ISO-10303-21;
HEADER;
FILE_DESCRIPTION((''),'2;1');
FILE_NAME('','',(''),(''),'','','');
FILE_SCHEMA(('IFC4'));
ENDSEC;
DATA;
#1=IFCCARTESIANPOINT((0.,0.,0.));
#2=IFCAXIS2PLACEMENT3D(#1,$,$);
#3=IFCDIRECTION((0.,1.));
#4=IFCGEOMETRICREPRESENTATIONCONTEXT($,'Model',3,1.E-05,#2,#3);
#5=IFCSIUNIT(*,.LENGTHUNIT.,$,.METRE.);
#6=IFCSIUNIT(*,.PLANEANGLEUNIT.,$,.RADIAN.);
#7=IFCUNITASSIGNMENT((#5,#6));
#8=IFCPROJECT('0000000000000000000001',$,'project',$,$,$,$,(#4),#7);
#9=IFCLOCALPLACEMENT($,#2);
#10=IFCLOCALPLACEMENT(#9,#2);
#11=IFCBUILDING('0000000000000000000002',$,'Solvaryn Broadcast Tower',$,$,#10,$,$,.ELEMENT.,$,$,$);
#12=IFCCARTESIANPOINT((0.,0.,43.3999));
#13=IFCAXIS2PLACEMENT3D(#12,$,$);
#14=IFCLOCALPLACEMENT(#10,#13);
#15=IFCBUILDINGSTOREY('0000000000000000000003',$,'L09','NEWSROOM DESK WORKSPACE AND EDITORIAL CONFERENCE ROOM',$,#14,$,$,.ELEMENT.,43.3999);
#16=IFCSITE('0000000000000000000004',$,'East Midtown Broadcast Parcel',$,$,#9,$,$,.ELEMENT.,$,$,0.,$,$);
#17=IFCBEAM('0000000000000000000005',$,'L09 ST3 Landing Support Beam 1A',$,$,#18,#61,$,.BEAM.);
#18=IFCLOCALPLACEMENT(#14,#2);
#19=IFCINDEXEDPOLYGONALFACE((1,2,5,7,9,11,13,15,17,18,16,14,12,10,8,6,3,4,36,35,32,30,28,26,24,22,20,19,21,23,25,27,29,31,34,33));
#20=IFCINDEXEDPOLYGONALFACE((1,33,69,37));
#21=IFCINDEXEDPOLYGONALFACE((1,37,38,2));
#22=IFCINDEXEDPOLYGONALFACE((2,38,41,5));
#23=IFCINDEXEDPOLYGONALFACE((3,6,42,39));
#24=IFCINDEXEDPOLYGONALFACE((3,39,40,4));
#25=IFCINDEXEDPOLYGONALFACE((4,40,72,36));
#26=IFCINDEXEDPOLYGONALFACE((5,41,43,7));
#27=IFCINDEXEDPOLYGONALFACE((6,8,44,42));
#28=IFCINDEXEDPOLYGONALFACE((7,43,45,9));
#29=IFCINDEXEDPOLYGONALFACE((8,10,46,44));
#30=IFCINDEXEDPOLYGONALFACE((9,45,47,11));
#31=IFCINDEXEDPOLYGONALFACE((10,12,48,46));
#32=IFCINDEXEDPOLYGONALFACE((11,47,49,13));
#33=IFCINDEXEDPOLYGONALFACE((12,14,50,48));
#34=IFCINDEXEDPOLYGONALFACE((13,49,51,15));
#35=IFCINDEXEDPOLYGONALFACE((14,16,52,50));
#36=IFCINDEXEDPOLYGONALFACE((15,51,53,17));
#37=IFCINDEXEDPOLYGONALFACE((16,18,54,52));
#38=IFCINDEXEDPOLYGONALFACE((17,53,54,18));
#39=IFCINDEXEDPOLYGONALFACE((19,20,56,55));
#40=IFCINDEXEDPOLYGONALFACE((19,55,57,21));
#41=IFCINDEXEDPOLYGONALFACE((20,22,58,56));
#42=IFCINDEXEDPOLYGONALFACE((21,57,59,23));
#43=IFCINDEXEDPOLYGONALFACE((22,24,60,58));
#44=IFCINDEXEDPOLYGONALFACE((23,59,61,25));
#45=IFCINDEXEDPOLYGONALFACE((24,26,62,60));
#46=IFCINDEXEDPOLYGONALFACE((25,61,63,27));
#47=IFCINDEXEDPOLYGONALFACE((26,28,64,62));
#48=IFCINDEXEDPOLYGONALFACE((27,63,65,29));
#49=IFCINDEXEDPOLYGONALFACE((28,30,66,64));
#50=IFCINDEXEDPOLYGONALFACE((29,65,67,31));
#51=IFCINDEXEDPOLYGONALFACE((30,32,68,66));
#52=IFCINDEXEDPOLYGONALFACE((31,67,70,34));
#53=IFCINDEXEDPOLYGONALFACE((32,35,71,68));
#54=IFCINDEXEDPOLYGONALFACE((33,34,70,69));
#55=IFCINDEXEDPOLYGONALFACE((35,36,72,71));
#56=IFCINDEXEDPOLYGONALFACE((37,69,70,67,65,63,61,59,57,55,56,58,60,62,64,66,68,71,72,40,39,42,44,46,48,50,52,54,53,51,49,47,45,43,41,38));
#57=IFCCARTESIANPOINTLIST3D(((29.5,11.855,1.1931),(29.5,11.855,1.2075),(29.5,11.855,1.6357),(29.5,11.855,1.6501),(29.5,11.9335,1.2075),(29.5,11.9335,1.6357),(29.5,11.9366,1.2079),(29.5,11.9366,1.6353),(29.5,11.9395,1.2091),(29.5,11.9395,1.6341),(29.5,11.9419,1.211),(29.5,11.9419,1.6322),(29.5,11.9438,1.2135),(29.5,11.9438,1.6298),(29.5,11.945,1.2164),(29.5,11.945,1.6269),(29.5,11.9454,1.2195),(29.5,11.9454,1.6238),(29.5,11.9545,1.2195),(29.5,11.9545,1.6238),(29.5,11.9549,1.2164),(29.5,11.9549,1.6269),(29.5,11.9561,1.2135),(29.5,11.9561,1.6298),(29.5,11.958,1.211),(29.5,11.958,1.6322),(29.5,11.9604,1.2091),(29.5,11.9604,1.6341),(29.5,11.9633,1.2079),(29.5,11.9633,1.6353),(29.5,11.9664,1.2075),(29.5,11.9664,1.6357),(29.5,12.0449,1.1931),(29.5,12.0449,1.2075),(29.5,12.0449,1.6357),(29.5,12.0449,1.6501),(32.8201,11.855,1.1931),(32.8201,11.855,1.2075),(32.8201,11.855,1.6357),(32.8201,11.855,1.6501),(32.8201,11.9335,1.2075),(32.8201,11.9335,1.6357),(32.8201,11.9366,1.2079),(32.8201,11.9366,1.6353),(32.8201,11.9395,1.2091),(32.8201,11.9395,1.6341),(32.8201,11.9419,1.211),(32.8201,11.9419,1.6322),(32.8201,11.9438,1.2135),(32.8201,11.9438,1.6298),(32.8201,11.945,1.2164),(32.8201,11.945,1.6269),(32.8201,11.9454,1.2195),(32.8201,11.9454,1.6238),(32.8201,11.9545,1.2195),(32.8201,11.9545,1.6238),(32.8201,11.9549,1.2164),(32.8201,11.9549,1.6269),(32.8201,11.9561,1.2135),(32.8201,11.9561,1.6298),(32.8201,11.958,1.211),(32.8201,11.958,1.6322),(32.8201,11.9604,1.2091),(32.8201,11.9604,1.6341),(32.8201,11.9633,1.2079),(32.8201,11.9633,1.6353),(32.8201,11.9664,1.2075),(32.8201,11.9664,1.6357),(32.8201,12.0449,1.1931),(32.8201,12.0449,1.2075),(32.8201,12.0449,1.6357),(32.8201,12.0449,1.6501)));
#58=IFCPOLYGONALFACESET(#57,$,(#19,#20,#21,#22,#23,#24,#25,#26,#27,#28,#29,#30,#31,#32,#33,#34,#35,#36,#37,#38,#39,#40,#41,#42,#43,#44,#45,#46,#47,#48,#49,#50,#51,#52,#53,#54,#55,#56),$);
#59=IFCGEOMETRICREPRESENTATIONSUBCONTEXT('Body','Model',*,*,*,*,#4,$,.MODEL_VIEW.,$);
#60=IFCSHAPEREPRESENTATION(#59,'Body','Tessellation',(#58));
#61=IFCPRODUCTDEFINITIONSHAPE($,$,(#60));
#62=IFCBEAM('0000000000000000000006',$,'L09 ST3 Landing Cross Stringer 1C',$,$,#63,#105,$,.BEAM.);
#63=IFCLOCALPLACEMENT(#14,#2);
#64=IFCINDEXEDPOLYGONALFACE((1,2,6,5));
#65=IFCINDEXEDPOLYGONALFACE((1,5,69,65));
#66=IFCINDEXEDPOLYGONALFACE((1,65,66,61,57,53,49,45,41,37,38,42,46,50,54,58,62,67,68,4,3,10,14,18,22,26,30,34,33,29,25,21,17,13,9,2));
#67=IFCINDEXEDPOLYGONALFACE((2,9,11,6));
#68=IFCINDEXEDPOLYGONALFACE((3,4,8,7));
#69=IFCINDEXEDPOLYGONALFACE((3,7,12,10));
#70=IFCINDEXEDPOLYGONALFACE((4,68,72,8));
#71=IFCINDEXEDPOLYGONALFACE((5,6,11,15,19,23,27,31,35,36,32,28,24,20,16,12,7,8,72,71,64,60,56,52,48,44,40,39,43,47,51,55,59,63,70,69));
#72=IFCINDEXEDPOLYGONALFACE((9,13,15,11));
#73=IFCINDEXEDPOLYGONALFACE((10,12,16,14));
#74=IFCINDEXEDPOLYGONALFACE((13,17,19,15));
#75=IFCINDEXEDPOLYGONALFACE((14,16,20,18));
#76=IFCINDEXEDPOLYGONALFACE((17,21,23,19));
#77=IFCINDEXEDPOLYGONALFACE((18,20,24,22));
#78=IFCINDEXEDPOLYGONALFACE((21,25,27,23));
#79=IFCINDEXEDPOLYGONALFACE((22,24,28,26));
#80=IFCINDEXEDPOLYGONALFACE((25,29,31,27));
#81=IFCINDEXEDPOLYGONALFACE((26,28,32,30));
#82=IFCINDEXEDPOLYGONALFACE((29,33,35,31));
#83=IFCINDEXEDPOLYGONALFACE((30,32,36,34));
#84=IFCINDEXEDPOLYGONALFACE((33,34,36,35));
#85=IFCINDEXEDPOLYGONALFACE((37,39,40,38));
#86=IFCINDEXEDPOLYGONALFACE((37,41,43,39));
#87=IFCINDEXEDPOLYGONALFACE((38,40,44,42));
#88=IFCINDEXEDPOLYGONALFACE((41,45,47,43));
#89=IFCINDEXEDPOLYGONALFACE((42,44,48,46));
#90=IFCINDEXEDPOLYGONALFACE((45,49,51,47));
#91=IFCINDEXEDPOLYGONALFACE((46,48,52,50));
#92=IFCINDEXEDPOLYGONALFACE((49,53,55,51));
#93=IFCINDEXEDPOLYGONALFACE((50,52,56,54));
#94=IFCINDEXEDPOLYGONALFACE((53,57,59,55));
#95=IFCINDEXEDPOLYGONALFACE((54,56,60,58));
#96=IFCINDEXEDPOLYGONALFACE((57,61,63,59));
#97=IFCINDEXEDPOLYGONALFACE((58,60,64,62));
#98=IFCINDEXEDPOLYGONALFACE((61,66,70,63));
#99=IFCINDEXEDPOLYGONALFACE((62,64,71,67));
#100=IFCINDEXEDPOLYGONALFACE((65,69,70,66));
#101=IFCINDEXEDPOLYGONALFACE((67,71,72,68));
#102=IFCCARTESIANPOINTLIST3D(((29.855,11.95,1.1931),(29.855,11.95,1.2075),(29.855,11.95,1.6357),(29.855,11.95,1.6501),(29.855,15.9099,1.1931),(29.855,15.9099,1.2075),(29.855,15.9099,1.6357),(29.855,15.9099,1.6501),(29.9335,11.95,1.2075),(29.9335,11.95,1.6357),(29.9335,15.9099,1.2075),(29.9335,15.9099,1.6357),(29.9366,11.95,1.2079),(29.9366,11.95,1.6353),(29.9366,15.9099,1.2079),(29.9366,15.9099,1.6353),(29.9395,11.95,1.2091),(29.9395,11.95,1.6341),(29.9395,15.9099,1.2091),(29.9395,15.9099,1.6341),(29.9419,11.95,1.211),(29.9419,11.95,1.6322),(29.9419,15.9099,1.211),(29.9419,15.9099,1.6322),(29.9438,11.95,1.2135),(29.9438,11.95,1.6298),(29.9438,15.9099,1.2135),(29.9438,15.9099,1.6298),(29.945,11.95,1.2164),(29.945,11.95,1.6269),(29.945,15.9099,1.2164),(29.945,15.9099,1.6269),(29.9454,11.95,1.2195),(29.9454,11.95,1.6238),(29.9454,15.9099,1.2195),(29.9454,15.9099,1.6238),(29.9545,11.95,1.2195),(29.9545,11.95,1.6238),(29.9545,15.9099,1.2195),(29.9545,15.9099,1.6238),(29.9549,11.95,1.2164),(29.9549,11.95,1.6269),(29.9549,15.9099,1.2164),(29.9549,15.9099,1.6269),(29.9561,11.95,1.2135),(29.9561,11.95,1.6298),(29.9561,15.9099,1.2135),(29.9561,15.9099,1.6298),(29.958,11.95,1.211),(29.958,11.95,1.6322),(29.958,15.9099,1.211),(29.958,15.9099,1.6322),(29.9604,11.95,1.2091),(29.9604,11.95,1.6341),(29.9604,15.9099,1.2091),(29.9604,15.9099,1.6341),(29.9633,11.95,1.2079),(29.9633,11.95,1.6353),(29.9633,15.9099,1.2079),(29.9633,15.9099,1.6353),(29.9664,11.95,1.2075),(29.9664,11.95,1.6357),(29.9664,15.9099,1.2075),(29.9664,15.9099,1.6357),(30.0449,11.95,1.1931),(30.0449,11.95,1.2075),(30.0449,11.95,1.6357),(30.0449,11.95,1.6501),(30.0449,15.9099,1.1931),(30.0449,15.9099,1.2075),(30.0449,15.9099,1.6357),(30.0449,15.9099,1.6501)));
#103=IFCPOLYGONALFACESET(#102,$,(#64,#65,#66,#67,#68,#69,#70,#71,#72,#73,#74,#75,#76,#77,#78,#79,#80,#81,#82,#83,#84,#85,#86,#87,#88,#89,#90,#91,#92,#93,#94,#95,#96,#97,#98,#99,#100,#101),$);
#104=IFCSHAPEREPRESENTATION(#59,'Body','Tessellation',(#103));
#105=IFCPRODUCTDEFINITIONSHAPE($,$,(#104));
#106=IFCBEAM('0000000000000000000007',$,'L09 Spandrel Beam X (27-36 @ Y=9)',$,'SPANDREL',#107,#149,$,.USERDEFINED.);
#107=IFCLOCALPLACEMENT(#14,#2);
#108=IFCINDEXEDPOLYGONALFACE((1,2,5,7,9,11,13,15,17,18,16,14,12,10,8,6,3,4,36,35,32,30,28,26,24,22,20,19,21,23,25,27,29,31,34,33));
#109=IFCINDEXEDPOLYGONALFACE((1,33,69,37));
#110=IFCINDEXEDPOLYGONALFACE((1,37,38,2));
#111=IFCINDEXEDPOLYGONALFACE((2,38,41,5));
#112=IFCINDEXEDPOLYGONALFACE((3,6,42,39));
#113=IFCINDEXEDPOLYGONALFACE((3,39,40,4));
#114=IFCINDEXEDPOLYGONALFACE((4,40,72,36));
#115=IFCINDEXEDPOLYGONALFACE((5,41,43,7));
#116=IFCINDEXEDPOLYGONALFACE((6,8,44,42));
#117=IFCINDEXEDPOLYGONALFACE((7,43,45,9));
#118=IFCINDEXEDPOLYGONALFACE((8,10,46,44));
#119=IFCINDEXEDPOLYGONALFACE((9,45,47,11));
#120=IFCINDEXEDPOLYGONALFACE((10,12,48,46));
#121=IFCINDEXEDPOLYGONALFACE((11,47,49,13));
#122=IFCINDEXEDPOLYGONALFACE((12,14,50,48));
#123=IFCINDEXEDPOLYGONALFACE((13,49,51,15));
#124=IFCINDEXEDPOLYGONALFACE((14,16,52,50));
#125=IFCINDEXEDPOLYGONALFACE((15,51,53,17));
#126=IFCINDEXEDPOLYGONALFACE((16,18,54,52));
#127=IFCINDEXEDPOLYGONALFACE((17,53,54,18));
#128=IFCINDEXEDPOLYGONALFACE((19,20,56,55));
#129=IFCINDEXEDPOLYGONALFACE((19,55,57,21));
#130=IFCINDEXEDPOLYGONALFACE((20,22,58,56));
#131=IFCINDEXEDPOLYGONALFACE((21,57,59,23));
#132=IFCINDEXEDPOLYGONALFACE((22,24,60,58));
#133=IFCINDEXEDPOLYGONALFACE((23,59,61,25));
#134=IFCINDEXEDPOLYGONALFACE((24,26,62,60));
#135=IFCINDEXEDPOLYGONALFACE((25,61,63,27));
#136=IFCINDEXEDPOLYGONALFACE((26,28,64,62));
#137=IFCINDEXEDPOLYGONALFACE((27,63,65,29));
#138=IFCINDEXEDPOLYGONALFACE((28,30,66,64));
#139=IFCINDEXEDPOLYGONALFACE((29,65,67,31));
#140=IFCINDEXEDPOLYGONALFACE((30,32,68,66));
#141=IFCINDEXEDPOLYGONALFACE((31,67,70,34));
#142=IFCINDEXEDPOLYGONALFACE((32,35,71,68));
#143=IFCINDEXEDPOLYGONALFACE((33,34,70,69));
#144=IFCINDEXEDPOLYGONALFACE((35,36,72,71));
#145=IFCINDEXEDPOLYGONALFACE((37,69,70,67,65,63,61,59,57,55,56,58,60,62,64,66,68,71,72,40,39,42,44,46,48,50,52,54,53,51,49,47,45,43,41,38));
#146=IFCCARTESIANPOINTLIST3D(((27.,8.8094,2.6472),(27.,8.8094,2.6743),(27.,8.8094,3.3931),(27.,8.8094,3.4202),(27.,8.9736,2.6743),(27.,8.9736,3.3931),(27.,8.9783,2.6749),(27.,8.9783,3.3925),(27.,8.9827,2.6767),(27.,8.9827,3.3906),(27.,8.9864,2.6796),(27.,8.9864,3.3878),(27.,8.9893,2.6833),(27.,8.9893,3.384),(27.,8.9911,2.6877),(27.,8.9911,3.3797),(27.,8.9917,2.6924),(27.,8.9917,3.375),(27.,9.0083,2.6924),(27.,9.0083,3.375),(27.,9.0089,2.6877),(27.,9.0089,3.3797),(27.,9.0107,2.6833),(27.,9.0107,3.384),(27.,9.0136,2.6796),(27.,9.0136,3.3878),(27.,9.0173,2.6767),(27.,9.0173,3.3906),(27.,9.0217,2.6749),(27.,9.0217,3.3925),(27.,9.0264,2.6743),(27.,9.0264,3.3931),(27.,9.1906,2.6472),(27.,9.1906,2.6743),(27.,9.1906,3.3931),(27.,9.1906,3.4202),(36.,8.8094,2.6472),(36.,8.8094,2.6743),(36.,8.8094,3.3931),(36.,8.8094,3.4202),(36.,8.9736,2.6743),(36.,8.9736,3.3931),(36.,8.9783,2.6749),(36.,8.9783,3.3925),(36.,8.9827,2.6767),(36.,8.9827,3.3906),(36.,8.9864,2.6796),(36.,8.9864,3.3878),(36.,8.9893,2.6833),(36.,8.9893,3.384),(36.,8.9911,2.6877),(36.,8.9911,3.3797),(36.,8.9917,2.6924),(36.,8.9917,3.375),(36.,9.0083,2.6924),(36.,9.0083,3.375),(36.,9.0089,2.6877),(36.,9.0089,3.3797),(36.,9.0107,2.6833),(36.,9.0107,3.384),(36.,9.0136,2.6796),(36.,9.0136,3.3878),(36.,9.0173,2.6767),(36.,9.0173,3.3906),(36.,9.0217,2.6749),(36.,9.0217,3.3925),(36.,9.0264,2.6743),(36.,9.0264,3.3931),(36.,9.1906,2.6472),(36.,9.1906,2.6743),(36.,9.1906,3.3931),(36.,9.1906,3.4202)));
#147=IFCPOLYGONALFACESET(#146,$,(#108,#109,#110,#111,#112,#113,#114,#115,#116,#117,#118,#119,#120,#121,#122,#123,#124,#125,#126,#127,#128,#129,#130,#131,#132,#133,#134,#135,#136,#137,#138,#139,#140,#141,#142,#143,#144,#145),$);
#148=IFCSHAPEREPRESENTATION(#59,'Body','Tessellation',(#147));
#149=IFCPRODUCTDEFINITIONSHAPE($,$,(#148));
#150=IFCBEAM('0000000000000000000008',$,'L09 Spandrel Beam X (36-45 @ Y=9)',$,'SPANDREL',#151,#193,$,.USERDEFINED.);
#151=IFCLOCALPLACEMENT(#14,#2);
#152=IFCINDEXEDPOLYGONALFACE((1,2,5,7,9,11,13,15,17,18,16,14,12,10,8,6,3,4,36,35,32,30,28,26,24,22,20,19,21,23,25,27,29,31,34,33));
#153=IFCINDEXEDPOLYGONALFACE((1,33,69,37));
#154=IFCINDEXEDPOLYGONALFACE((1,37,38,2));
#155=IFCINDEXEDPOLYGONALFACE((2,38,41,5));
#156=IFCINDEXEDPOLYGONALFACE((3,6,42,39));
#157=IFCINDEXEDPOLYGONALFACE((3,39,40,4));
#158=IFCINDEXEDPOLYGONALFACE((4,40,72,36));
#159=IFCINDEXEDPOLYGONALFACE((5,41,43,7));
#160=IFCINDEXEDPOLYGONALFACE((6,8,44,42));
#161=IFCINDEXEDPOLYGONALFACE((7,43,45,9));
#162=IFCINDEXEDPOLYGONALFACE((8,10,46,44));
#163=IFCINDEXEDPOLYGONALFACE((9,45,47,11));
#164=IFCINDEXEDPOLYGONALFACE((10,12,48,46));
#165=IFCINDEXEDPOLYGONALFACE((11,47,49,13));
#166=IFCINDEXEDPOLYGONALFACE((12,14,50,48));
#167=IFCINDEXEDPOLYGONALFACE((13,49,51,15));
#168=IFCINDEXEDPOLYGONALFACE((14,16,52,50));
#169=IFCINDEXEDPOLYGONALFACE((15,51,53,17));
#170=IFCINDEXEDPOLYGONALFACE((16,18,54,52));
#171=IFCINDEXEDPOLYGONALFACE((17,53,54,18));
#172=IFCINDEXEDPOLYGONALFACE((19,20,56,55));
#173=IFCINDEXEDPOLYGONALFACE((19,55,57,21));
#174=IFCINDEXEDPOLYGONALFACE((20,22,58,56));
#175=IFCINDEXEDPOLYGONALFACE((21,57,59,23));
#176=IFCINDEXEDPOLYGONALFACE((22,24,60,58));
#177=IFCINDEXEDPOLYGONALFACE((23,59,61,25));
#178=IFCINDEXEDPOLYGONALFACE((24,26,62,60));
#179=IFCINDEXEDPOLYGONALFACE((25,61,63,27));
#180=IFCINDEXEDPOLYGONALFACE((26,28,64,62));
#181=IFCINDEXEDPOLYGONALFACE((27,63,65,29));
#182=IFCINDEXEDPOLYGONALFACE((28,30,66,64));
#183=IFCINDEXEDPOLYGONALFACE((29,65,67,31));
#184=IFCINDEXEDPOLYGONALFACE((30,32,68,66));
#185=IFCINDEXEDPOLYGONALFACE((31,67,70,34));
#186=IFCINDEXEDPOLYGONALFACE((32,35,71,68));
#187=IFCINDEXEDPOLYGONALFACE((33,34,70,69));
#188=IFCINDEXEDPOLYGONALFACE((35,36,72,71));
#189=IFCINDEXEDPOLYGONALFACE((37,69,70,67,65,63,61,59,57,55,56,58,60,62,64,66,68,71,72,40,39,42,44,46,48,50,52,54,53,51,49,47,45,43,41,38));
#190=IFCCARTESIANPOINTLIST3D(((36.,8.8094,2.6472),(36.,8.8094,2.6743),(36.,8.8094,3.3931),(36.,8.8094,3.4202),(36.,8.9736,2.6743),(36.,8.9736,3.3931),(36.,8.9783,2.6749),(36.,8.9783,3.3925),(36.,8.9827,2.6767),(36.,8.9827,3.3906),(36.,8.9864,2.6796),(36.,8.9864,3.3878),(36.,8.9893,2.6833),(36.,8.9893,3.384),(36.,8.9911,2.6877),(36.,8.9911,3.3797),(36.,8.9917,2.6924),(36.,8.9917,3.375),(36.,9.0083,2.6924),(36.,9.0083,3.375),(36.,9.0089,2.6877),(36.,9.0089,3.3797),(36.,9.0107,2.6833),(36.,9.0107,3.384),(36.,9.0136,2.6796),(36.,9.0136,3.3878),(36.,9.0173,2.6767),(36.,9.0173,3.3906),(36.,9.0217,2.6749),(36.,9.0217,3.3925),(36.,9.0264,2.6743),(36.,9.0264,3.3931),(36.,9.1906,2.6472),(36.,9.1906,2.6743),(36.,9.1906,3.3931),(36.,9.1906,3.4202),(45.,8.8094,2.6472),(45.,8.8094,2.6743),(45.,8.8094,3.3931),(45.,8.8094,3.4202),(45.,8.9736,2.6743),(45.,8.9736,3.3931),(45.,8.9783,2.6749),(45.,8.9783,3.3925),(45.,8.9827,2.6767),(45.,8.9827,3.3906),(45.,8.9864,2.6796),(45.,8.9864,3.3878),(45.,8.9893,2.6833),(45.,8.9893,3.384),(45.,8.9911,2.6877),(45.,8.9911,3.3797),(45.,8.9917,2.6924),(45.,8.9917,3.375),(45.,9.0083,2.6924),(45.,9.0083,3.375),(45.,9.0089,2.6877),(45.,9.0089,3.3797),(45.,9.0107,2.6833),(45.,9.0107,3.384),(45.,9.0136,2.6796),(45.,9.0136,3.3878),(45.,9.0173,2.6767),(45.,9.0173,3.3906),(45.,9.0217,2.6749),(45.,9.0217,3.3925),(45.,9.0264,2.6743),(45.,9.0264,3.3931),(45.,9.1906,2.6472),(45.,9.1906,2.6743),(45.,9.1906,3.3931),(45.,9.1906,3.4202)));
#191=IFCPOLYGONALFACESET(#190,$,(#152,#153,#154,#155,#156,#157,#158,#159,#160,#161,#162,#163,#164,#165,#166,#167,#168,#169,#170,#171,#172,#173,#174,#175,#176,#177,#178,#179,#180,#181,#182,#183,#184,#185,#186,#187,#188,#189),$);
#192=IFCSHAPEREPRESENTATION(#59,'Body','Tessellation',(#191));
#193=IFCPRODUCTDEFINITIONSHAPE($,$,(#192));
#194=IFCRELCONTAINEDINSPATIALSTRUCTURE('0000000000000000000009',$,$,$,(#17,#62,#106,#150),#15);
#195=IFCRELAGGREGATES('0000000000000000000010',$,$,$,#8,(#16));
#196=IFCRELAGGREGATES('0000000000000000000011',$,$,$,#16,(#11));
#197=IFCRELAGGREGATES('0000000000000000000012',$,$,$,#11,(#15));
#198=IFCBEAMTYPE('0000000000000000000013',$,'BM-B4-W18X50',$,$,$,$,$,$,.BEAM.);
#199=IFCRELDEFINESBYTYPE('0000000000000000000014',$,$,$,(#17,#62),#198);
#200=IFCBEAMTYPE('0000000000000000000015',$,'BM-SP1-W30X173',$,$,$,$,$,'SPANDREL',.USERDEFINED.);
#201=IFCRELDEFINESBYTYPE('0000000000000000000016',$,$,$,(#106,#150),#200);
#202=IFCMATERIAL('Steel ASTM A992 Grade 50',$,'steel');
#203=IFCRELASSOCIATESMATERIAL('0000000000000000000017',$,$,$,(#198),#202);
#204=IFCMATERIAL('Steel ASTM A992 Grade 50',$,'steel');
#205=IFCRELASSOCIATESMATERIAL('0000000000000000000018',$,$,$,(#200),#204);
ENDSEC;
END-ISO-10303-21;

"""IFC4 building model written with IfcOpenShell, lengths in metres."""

from ifc_helpers import new_model, si_unit, direction, frame, origin, origin_2d, place, context, subcontext, project, spatial, i_section, extrude, material, material_profile, profile_set, type_object, element, save


model = new_model("IFC4")

# Units and contexts
model_context = context("Model", 3, precision=1e-05, world=origin(), true_north=direction((0.0, 1.0)))
body_context = subcontext(model_context, "Body", "Model", "MODEL_VIEW")
ifc_project = project(units=[si_unit("LENGTHUNIT", "METRE"), si_unit("PLANEANGLEUNIT", "RADIAN")], contexts=[model_context])

# Site, building, storey
site_placement = place(None, origin())
site = spatial("IfcSite", under=ifc_project, at=site_placement, Name="East Midtown Broadcast Parcel", CompositionType="ELEMENT", RefElevation=0.0)
building_placement = place(site_placement, origin())
building = spatial("IfcBuilding", under=site, at=building_placement, Name="Solvaryn Broadcast Tower", CompositionType="ELEMENT")
storey_placement = place(building_placement, frame((0.0, 0.0, 43.3999)))
storey = spatial("IfcBuildingStorey", under=building, at=storey_placement, Name="L09", Description="NEWSROOM DESK WORKSPACE AND EDITORIAL CONFERENCE ROOM", CompositionType="ELEMENT", Elevation=43.3999)

# Beams
ifc_material_1 = material(Name="Steel ASTM A992 Grade 50", Category="steel")
ifc_material_profile_1 = material_profile(ifc_material_1, i_section(OverallWidth=0.1899, OverallDepth=0.457, WebThickness=0.009, FlangeThickness=0.0144, FilletRadius=0.012, at=origin_2d()))
ifc_profile_set_1 = profile_set([ifc_material_profile_1], Name="Steel ASTM A992 Grade 50")
beam_type_1 = type_object("IfcBeamType", Name="BM-B4-W18X50", PredefinedType="BEAM", material=ifc_profile_set_1)
beam_1_placement = place(storey_placement, frame((29.5, 11.95, 1.4216), z_axis=(1.0, 0.0, 0.0), x_axis=(0.0, 1.0, 0.0)))
element("IfcBeam", 1, at=beam_1_placement, inside=storey, type_object=beam_type_1, Name="L09 ST3 Landing Support Beam 1A", PredefinedType="BEAM", context=body_context, shape_type="SweptSolid", body=[
    extrude(i_section(OverallWidth=0.1899, OverallDepth=0.457, WebThickness=0.009, FlangeThickness=0.0144, FilletRadius=0.012, at=origin_2d()), origin(), (0.0, 0.0, 1.0), 3.3201),
])
beam_2_placement = place(storey_placement, frame((29.95, 11.95, 1.4216), z_axis=(0.0, 1.0, 0.0), x_axis=(-1.0, 0.0, 0.0)))
element("IfcBeam", 2, at=beam_2_placement, inside=storey, type_object=beam_type_1, Name="L09 ST3 Landing Cross Stringer 1C", PredefinedType="BEAM", context=body_context, shape_type="SweptSolid", body=[
    extrude(i_section(OverallWidth=0.1899, OverallDepth=0.457, WebThickness=0.009, FlangeThickness=0.0144, FilletRadius=0.012, at=origin_2d()), origin(), (0.0, 0.0, 1.0), 3.96),
])
ifc_material_2 = material(Name="Steel ASTM A992 Grade 50", Category="steel")
ifc_material_profile_2 = material_profile(ifc_material_2, i_section(OverallWidth=0.3811, OverallDepth=0.7729, WebThickness=0.0166, FlangeThickness=0.0271, FilletRadius=0.0181, at=origin_2d()))
ifc_profile_set_2 = profile_set([ifc_material_profile_2], Name="Steel ASTM A992 Grade 50")
beam_type_2 = type_object("IfcBeamType", Name="BM-SP1-W30X173", ElementType="SPANDREL", PredefinedType="USERDEFINED", material=ifc_profile_set_2)
for number, where, z_axis, x_axis, name in (
    (3, (27.0, 9.0, 3.0337), (1.0, 0.0, 0.0), (0.0, 1.0, 0.0), "L09 Spandrel Beam X (27-36 @ Y=9)"),
    (4, (36.0, 9.0, 3.0337), (1.0, 0.0, 0.0), (0.0, 1.0, 0.0), "L09 Spandrel Beam X (36-45 @ Y=9)"),
):
    element("IfcBeam", number, at=place(storey_placement, frame(where, z_axis=z_axis, x_axis=x_axis)), inside=storey, type_object=beam_type_2, Name=name, ObjectType="SPANDREL", PredefinedType="USERDEFINED", context=body_context, shape_type="SweptSolid", body=[
        extrude(i_section(OverallWidth=0.3811, OverallDepth=0.7729, WebThickness=0.0166, FlangeThickness=0.0271, FilletRadius=0.0181, at=origin_2d()), origin(), (0.0, 0.0, 1.0), 9.0),
    ])

save(model, "model.ifc")
